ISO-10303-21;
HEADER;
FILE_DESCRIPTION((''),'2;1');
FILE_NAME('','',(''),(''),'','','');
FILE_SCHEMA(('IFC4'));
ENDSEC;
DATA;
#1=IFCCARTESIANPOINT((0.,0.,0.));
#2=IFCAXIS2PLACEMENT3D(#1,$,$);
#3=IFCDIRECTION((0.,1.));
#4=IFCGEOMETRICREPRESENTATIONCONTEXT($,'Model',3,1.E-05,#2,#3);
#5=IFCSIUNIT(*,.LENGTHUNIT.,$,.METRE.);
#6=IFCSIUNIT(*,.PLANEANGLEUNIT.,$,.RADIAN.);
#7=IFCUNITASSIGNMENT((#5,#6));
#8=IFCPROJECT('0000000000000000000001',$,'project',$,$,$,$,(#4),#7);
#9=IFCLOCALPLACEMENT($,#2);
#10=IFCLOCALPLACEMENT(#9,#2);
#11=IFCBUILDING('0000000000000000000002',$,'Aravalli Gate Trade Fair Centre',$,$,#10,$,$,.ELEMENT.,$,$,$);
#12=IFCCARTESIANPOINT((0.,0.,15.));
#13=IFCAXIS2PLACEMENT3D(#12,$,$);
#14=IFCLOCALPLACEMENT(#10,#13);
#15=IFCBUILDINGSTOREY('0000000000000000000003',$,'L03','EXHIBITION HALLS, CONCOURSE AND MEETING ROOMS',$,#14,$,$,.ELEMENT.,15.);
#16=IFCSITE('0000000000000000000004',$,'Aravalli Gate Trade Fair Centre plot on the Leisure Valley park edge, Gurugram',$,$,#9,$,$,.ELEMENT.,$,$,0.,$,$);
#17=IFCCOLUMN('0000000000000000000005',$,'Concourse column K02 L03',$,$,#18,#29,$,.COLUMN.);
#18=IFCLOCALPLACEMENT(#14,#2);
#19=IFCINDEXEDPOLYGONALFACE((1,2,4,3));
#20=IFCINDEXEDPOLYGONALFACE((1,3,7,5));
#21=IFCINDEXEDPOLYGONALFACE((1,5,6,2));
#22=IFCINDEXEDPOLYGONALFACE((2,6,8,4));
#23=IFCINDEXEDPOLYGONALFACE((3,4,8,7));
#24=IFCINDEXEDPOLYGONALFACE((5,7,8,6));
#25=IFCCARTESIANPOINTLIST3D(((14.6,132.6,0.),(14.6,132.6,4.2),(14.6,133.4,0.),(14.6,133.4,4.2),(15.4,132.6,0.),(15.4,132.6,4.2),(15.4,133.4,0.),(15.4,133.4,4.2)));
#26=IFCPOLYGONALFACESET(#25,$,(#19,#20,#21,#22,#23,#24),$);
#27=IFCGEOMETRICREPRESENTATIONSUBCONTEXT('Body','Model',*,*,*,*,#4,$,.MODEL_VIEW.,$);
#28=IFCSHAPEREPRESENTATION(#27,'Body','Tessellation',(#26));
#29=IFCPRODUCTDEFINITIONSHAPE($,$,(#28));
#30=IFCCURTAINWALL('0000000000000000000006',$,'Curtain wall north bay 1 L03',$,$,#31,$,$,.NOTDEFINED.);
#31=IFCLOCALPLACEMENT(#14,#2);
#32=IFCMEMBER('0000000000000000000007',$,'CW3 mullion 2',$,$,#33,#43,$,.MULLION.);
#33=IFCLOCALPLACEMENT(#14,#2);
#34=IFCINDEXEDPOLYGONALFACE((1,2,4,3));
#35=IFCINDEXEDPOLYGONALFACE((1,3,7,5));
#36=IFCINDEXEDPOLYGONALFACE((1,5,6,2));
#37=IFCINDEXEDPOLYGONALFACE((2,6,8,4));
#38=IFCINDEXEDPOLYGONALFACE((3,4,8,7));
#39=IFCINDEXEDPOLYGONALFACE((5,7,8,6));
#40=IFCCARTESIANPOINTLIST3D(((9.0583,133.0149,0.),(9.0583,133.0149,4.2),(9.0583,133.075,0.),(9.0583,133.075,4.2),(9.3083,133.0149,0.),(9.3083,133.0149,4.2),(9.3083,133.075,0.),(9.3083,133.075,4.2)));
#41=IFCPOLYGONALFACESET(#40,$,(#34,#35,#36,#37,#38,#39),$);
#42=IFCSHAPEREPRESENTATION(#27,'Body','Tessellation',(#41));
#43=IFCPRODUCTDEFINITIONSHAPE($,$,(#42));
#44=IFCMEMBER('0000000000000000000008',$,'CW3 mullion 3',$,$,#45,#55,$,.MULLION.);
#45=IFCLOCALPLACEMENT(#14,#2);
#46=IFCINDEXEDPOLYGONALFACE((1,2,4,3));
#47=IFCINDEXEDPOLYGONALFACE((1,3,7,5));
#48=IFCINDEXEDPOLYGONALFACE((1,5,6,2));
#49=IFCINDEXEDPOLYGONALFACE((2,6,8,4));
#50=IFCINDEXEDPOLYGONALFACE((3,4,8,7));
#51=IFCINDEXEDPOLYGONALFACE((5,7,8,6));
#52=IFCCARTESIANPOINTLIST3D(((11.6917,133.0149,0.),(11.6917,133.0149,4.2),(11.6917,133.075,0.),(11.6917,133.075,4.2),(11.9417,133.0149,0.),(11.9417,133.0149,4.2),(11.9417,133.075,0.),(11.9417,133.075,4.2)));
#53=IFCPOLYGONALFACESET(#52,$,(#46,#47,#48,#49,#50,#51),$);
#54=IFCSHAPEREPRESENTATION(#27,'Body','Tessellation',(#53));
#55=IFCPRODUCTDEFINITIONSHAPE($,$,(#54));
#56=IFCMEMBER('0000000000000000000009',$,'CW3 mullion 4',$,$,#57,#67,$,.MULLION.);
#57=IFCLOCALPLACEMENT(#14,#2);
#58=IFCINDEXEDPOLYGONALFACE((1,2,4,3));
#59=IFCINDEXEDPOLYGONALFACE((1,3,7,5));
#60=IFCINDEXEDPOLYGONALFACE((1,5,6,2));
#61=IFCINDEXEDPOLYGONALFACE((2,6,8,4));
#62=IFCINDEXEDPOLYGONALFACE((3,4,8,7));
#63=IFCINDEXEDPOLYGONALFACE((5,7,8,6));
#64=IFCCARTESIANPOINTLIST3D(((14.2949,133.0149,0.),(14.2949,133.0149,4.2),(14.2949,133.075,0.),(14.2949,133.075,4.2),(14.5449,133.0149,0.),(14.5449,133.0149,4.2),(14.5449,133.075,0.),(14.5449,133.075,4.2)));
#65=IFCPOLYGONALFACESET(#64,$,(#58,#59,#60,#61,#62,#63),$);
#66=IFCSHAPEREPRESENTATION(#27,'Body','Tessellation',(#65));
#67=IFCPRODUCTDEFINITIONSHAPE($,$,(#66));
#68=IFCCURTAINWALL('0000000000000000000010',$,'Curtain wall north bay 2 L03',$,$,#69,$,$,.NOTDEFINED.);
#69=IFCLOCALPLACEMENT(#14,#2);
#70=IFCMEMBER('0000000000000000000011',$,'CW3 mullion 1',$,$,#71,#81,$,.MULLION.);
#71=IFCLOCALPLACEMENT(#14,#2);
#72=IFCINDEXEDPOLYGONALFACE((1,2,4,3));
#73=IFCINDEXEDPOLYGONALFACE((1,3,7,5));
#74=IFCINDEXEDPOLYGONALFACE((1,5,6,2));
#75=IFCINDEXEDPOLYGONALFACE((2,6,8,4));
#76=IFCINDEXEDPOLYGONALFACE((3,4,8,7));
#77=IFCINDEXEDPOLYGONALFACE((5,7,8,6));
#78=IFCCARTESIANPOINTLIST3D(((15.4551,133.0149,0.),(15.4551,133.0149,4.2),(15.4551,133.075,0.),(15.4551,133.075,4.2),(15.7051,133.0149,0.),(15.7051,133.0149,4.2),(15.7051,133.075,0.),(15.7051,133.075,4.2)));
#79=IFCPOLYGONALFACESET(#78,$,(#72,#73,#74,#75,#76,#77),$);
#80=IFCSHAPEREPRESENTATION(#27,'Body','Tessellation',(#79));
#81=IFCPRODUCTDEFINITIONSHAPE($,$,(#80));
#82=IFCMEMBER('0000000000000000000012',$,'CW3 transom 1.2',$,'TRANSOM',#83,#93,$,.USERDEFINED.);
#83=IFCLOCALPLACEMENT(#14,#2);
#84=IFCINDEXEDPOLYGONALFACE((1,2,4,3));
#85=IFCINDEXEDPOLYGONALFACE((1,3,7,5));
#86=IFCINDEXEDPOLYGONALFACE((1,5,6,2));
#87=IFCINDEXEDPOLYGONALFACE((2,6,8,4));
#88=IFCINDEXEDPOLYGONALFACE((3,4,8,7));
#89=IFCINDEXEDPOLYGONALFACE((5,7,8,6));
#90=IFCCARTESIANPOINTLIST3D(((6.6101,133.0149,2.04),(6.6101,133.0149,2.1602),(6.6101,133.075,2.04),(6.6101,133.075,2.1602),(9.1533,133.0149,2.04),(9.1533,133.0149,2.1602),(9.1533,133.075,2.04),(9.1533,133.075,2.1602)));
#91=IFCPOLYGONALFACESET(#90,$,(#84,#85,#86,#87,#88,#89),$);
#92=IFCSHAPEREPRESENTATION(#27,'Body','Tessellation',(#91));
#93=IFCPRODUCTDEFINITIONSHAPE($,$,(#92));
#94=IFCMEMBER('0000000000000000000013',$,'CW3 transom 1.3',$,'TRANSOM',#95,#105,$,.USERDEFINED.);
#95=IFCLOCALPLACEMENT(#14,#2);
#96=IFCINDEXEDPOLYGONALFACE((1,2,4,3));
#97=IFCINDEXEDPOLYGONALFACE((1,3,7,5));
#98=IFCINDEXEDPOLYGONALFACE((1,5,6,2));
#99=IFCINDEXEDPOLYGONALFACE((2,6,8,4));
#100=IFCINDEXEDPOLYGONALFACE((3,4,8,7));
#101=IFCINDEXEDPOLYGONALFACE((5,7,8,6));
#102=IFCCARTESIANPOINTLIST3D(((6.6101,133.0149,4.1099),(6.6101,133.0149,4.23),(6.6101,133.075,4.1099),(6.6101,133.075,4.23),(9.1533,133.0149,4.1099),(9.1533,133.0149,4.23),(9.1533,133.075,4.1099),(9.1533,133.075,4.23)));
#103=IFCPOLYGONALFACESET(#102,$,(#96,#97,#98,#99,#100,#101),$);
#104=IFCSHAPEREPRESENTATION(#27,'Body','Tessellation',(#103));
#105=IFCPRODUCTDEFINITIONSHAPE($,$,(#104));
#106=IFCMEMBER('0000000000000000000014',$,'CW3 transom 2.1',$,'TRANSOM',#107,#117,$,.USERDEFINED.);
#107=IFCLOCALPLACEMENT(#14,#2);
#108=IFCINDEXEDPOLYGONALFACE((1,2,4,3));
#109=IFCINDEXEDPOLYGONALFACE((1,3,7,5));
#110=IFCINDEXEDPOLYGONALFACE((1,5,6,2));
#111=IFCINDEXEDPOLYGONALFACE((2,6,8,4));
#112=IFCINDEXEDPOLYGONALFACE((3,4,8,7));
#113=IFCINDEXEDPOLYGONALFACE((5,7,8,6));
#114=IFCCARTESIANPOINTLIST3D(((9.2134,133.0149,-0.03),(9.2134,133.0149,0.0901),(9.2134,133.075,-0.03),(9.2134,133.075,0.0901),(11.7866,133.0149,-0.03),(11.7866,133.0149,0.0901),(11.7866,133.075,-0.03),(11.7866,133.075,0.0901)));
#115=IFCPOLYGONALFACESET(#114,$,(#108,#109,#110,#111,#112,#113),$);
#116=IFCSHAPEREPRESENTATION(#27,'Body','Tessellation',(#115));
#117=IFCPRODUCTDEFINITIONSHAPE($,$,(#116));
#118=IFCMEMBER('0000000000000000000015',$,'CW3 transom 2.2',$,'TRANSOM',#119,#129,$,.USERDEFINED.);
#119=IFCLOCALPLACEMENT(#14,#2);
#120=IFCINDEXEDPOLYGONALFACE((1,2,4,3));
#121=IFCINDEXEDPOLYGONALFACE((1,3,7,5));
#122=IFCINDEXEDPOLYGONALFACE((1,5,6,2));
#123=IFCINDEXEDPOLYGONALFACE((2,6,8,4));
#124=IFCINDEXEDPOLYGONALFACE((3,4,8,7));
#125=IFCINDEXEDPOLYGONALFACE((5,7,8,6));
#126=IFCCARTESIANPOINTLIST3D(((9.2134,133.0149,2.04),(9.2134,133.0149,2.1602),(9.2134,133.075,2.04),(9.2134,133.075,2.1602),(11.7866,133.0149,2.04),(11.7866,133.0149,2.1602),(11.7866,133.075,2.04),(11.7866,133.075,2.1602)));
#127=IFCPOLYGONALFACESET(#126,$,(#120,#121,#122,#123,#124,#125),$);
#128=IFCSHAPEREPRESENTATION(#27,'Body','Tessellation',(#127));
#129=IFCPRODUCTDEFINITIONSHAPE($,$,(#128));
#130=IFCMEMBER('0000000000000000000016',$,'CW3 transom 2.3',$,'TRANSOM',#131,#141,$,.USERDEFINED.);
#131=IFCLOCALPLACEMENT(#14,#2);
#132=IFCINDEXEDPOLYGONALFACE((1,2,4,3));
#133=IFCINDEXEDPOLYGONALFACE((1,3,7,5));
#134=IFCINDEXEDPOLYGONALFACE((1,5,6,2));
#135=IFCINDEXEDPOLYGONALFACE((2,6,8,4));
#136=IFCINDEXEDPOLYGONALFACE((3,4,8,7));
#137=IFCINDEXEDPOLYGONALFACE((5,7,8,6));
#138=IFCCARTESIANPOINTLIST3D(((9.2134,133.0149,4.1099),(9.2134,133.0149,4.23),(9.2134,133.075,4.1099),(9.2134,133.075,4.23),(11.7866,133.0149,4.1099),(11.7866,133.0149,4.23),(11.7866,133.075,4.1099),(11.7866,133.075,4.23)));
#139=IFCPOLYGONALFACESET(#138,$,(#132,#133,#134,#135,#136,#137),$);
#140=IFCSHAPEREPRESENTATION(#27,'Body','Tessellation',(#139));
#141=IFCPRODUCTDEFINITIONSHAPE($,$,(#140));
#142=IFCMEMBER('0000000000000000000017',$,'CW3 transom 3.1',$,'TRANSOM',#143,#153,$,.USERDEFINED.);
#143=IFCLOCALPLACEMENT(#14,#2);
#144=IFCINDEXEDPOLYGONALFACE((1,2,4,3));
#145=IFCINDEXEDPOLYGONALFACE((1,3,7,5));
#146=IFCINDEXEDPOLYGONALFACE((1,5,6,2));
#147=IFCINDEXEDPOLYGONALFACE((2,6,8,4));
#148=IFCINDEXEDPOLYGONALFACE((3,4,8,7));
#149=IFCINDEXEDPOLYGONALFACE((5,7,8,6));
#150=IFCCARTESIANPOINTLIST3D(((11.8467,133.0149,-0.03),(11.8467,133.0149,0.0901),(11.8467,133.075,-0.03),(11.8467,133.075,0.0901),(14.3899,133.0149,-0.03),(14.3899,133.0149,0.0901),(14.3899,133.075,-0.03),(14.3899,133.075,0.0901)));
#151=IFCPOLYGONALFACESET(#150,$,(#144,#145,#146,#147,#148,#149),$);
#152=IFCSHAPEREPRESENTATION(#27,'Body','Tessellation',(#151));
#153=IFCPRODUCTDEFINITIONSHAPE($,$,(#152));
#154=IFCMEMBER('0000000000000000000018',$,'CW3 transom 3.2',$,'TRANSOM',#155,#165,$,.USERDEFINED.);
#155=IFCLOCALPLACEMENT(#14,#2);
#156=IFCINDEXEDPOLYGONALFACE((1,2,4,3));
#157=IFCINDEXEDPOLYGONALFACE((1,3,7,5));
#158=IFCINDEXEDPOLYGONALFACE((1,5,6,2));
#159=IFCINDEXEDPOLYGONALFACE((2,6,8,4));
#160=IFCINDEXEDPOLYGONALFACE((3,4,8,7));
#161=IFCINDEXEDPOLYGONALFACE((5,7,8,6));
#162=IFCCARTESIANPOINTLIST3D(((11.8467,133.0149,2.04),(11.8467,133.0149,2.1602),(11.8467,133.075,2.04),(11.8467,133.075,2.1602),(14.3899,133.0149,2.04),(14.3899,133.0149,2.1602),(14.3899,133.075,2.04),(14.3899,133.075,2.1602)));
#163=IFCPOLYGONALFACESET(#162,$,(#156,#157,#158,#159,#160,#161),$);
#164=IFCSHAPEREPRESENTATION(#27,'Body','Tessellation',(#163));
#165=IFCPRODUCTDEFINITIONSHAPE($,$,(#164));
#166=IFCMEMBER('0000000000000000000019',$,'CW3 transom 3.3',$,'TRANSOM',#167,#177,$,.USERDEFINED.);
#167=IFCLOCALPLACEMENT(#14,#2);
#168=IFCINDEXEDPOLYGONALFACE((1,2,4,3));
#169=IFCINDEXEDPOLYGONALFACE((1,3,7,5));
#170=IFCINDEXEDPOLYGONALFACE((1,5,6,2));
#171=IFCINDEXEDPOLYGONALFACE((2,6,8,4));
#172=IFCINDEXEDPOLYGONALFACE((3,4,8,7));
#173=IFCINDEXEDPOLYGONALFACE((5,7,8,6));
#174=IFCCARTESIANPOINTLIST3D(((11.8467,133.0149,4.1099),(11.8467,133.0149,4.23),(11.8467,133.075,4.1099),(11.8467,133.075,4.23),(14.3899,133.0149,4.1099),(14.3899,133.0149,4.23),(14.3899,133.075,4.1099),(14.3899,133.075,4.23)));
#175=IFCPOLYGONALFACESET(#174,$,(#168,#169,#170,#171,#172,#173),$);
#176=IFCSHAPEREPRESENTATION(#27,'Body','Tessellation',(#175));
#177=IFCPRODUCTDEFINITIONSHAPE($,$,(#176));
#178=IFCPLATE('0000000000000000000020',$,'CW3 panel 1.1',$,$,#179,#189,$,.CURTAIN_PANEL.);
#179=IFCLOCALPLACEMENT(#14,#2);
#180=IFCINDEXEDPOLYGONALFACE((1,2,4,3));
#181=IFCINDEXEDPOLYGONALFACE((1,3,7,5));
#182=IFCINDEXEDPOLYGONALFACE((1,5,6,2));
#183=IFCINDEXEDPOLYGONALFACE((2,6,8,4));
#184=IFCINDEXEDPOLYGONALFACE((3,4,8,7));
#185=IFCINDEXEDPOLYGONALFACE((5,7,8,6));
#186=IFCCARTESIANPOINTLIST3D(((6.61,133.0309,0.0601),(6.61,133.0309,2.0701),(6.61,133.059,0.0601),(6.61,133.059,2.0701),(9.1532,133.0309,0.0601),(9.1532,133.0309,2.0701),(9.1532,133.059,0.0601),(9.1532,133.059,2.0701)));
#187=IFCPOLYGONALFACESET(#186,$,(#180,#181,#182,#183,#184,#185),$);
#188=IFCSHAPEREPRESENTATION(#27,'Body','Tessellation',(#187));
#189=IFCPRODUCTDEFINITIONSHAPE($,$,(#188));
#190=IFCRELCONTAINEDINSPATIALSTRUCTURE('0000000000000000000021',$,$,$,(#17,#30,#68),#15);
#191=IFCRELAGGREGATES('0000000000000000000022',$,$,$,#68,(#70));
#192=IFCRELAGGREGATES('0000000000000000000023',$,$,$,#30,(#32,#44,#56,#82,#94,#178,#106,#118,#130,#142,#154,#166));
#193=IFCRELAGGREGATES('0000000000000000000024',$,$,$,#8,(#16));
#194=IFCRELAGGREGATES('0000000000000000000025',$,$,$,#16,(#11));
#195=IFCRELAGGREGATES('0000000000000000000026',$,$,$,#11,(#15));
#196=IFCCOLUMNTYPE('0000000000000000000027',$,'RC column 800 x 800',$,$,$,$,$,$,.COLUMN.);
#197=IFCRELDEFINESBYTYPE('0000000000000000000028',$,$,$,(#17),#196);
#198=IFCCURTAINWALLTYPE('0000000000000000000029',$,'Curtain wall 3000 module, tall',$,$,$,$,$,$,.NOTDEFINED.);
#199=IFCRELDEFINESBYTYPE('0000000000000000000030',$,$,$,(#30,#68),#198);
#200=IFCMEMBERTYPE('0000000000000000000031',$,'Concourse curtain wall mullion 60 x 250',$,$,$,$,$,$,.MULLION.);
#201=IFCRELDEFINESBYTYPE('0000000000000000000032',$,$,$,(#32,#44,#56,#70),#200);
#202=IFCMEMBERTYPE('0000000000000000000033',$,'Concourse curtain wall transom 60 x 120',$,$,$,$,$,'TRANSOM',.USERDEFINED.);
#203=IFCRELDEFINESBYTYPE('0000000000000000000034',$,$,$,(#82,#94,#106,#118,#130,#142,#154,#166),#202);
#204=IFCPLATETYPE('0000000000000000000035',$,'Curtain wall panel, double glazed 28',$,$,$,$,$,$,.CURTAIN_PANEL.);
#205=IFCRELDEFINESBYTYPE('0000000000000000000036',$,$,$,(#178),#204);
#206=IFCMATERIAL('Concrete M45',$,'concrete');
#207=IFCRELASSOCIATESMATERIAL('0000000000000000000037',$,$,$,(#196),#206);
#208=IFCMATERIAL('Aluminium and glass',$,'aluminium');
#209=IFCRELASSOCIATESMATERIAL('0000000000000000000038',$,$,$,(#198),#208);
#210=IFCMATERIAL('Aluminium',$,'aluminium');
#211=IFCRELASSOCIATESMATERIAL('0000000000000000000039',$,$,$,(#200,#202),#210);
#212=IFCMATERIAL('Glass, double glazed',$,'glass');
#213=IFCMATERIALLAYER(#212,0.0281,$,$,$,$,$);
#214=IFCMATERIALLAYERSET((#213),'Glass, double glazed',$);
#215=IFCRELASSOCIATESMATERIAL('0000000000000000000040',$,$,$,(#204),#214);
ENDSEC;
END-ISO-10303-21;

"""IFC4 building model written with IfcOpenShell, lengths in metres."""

from ifc_helpers import new_model, si_unit, direction, frame, origin, origin_2d, place, context, subcontext, project, spatial, rectangle, extrude, material, layer, layer_set, material_profile, profile_set, type_object, element, aggregate, save


model = new_model("IFC4")

# Units and contexts
model_context = context("Model", 3, precision=1e-05, world=origin(), true_north=direction((0.0, 1.0)))
body_context = subcontext(model_context, "Body", "Model", "MODEL_VIEW")
ifc_project = project(units=[si_unit("LENGTHUNIT", "METRE"), si_unit("PLANEANGLEUNIT", "RADIAN")], contexts=[model_context])

# Site, building, storey
site_placement = place(None, origin())
site = spatial("IfcSite", under=ifc_project, at=site_placement, Name="Aravalli Gate Trade Fair Centre plot on the Leisure Valley park edge, Gurugram", CompositionType="ELEMENT", RefElevation=0.0)
building_placement = place(site_placement, origin())
building = spatial("IfcBuilding", under=site, at=building_placement, Name="Aravalli Gate Trade Fair Centre", CompositionType="ELEMENT")
storey_placement = place(building_placement, frame((0.0, 0.0, 15.0)))
storey = spatial("IfcBuildingStorey", under=building, at=storey_placement, Name="L03", Description="EXHIBITION HALLS, CONCOURSE AND MEETING ROOMS", CompositionType="ELEMENT", Elevation=15.0)

# Column
ifc_material_1 = material(Name="Concrete M45", Category="concrete")
ifc_material_profile_1 = material_profile(ifc_material_1, rectangle(XDim=0.8, YDim=0.8, at=origin_2d()), Name="RC column 800 x 800")
ifc_profile_set_1 = profile_set([ifc_material_profile_1], Name="Concrete M45")
column_type = type_object("IfcColumnType", Name="RC column 800 x 800", PredefinedType="COLUMN", material=ifc_profile_set_1)
column_placement = place(storey_placement, frame((15.0, 133.0, 0.0), z_axis=(0.0, 0.0, 1.0), x_axis=(1.0, 0.0, 0.0)))
element("IfcColumn", 1, at=column_placement, inside=storey, type_object=column_type, Name="Concourse column K02 L03", PredefinedType="COLUMN", context=body_context, shape_type="SweptSolid", body=[
    extrude(rectangle(XDim=0.8, YDim=0.8, at=origin_2d()), origin(), (0.0, 0.0, 1.0), 4.2),
])

# Curtain wall, members
ifc_material_2 = material(Name="Aluminium and glass", Category="aluminium")
curtain_wall_type = type_object("IfcCurtainWallType", Name="Curtain wall 3000 module, tall", PredefinedType="NOTDEFINED", material=ifc_material_2)
curtain_wall_1_placement = place(storey_placement, origin())
curtain_wall_1 = element("IfcCurtainWall", 2, at=curtain_wall_1_placement, inside=storey, type_object=curtain_wall_type, Name="Curtain wall north bay 1 L03", PredefinedType="NOTDEFINED")
ifc_material_3 = material(Name="Aluminium", Category="aluminium")
ifc_material_profile_2 = material_profile(ifc_material_3, rectangle(XDim=0.0601, YDim=0.25, at=origin_2d()), Name="Concourse curtain wall mullion 60 x 250")
ifc_profile_set_2 = profile_set([ifc_material_profile_2], Name="Aluminium")
member_type_1 = type_object("IfcMemberType", Name="Concourse curtain wall mullion 60 x 250", PredefinedType="MULLION", material=ifc_profile_set_2)
member_1_placement = place(storey_placement, frame((9.1833, 133.0449, 0.0), z_axis=(0.0, 0.0, 1.0), x_axis=(0.0, 1.0, 0.0)))
member_1 = element("IfcMember", 3, at=member_1_placement, type_object=member_type_1, Name="CW3 mullion 2", PredefinedType="MULLION", context=body_context, shape_type="SweptSolid", body=[
    extrude(rectangle(XDim=0.0601, YDim=0.25, at=origin_2d()), origin(), (0.0, 0.0, 1.0), 4.2),
])
member_2_placement = place(storey_placement, frame((11.8167, 133.0449, 0.0), z_axis=(0.0, 0.0, 1.0), x_axis=(0.0, 1.0, 0.0)))
member_2 = element("IfcMember", 4, at=member_2_placement, type_object=member_type_1, Name="CW3 mullion 3", PredefinedType="MULLION", context=body_context, shape_type="SweptSolid", body=[
    extrude(rectangle(XDim=0.0601, YDim=0.25, at=origin_2d()), origin(), (0.0, 0.0, 1.0), 4.2),
])
member_3_placement = place(storey_placement, frame((14.4199, 133.0449, 0.0), z_axis=(0.0, 0.0, 1.0), x_axis=(0.0, 1.0, 0.0)))
member_3 = element("IfcMember", 5, at=member_3_placement, type_object=member_type_1, Name="CW3 mullion 4", PredefinedType="MULLION", context=body_context, shape_type="SweptSolid", body=[
    extrude(rectangle(XDim=0.0601, YDim=0.25, at=origin_2d()), origin(), (0.0, 0.0, 1.0), 4.2),
])

# Curtain wall, member
curtain_wall_2_placement = place(storey_placement, origin())
curtain_wall_2 = element("IfcCurtainWall", 6, at=curtain_wall_2_placement, inside=storey, type_object=curtain_wall_type, Name="Curtain wall north bay 2 L03", PredefinedType="NOTDEFINED")
member_4_placement = place(storey_placement, frame((15.5801, 133.0449, 0.0), z_axis=(0.0, 0.0, 1.0), x_axis=(0.0, 1.0, 0.0)))
member_4 = element("IfcMember", 7, at=member_4_placement, type_object=member_type_1, Name="CW3 mullion 1", PredefinedType="MULLION", context=body_context, shape_type="SweptSolid", body=[
    extrude(rectangle(XDim=0.0601, YDim=0.25, at=origin_2d()), origin(), (0.0, 0.0, 1.0), 4.2),
])
aggregate(curtain_wall_2, [member_4])

# Members
ifc_material_profile_3 = material_profile(ifc_material_3, rectangle(XDim=0.0601, YDim=0.1201, at=origin_2d()), Name="Concourse curtain wall transom 60 x 120")
ifc_profile_set_3 = profile_set([ifc_material_profile_3], Name="Aluminium")
member_type_2 = type_object("IfcMemberType", Name="Concourse curtain wall transom 60 x 120", ElementType="TRANSOM", PredefinedType="USERDEFINED", material=ifc_profile_set_3)
member_5_placement = place(storey_placement, frame((6.6101, 133.0449, 2.1001), z_axis=(1.0, 0.0, 0.0), x_axis=(0.0, 1.0, 0.0)))
member_5 = element("IfcMember", 8, at=member_5_placement, type_object=member_type_2, Name="CW3 transom 1.2", ObjectType="TRANSOM", PredefinedType="USERDEFINED", context=body_context, shape_type="SweptSolid", body=[
    extrude(rectangle(XDim=0.0601, YDim=0.1201, at=origin_2d()), origin(), (0.0, 0.0, 1.0), 2.5432),
])
member_6_placement = place(storey_placement, frame((6.6101, 133.0449, 4.1699), z_axis=(1.0, 0.0, 0.0), x_axis=(0.0, 1.0, 0.0)))
member_6 = element("IfcMember", 9, at=member_6_placement, type_object=member_type_2, Name="CW3 transom 1.3", ObjectType="TRANSOM", PredefinedType="USERDEFINED", context=body_context, shape_type="SweptSolid", body=[
    extrude(rectangle(XDim=0.0601, YDim=0.1201, at=origin_2d()), origin(), (0.0, 0.0, 1.0), 2.5432),
])
member_7_placement = place(storey_placement, frame((9.2134, 133.0449, 0.03), z_axis=(1.0, 0.0, 0.0), x_axis=(0.0, 1.0, 0.0)))
member_7 = element("IfcMember", 10, at=member_7_placement, type_object=member_type_2, Name="CW3 transom 2.1", ObjectType="TRANSOM", PredefinedType="USERDEFINED", context=body_context, shape_type="SweptSolid", body=[
    extrude(rectangle(XDim=0.0601, YDim=0.1201, at=origin_2d()), origin(), (0.0, 0.0, 1.0), 2.5732),
])
member_8_placement = place(storey_placement, frame((9.2134, 133.0449, 2.1001), z_axis=(1.0, 0.0, 0.0), x_axis=(0.0, 1.0, 0.0)))
member_8 = element("IfcMember", 11, at=member_8_placement, type_object=member_type_2, Name="CW3 transom 2.2", ObjectType="TRANSOM", PredefinedType="USERDEFINED", context=body_context, shape_type="SweptSolid", body=[
    extrude(rectangle(XDim=0.0601, YDim=0.1201, at=origin_2d()), origin(), (0.0, 0.0, 1.0), 2.5732),
])
member_9_placement = place(storey_placement, frame((9.2134, 133.0449, 4.1699), z_axis=(1.0, 0.0, 0.0), x_axis=(0.0, 1.0, 0.0)))
member_9 = element("IfcMember", 12, at=member_9_placement, type_object=member_type_2, Name="CW3 transom 2.3", ObjectType="TRANSOM", PredefinedType="USERDEFINED", context=body_context, shape_type="SweptSolid", body=[
    extrude(rectangle(XDim=0.0601, YDim=0.1201, at=origin_2d()), origin(), (0.0, 0.0, 1.0), 2.5732),
])
member_10_placement = place(storey_placement, frame((11.8467, 133.0449, 0.03), z_axis=(1.0, 0.0, 0.0), x_axis=(0.0, 1.0, 0.0)))
member_10 = element("IfcMember", 13, at=member_10_placement, type_object=member_type_2, Name="CW3 transom 3.1", ObjectType="TRANSOM", PredefinedType="USERDEFINED", context=body_context, shape_type="SweptSolid", body=[
    extrude(rectangle(XDim=0.0601, YDim=0.1201, at=origin_2d()), origin(), (0.0, 0.0, 1.0), 2.5432),
])
member_11_placement = place(storey_placement, frame((11.8467, 133.0449, 2.1001), z_axis=(1.0, 0.0, 0.0), x_axis=(0.0, 1.0, 0.0)))
member_11 = element("IfcMember", 14, at=member_11_placement, type_object=member_type_2, Name="CW3 transom 3.2", ObjectType="TRANSOM", PredefinedType="USERDEFINED", context=body_context, shape_type="SweptSolid", body=[
    extrude(rectangle(XDim=0.0601, YDim=0.1201, at=origin_2d()), origin(), (0.0, 0.0, 1.0), 2.5432),
])
member_12_placement = place(storey_placement, frame((11.8467, 133.0449, 4.1699), z_axis=(1.0, 0.0, 0.0), x_axis=(0.0, 1.0, 0.0)))
member_12 = element("IfcMember", 15, at=member_12_placement, type_object=member_type_2, Name="CW3 transom 3.3", ObjectType="TRANSOM", PredefinedType="USERDEFINED", context=body_context, shape_type="SweptSolid", body=[
    extrude(rectangle(XDim=0.0601, YDim=0.1201, at=origin_2d()), origin(), (0.0, 0.0, 1.0), 2.5432),
])

# Plate
ifc_material_4 = material(Name="Glass, double glazed", Category="glass")
ifc_layer_1 = layer(ifc_material_4, 0.0281)
ifc_layer_set_1 = layer_set([ifc_layer_1], Name="Glass, double glazed")
plate_type = type_object("IfcPlateType", Name="Curtain wall panel, double glazed 28", PredefinedType="CURTAIN_PANEL", material=ifc_layer_set_1)
plate_1_placement = place(storey_placement, frame((7.8816, 133.0449, 0.0601), z_axis=(0.0, 0.0, 1.0), x_axis=(1.0, 0.0, 0.0)))
plate_1 = element("IfcPlate", 16, at=plate_1_placement, type_object=plate_type, Name="CW3 panel 1.1", PredefinedType="CURTAIN_PANEL", context=body_context, shape_type="SweptSolid", body=[
    extrude(rectangle(XDim=2.5432, YDim=0.0281, at=origin_2d()), origin(), (0.0, 0.0, 1.0), 2.01),
])
aggregate(curtain_wall_1, [member_1, member_2, member_3, member_5, member_6, plate_1, member_7, member_8, member_9, member_10, member_11, member_12])

save(model, "model.ifc")
